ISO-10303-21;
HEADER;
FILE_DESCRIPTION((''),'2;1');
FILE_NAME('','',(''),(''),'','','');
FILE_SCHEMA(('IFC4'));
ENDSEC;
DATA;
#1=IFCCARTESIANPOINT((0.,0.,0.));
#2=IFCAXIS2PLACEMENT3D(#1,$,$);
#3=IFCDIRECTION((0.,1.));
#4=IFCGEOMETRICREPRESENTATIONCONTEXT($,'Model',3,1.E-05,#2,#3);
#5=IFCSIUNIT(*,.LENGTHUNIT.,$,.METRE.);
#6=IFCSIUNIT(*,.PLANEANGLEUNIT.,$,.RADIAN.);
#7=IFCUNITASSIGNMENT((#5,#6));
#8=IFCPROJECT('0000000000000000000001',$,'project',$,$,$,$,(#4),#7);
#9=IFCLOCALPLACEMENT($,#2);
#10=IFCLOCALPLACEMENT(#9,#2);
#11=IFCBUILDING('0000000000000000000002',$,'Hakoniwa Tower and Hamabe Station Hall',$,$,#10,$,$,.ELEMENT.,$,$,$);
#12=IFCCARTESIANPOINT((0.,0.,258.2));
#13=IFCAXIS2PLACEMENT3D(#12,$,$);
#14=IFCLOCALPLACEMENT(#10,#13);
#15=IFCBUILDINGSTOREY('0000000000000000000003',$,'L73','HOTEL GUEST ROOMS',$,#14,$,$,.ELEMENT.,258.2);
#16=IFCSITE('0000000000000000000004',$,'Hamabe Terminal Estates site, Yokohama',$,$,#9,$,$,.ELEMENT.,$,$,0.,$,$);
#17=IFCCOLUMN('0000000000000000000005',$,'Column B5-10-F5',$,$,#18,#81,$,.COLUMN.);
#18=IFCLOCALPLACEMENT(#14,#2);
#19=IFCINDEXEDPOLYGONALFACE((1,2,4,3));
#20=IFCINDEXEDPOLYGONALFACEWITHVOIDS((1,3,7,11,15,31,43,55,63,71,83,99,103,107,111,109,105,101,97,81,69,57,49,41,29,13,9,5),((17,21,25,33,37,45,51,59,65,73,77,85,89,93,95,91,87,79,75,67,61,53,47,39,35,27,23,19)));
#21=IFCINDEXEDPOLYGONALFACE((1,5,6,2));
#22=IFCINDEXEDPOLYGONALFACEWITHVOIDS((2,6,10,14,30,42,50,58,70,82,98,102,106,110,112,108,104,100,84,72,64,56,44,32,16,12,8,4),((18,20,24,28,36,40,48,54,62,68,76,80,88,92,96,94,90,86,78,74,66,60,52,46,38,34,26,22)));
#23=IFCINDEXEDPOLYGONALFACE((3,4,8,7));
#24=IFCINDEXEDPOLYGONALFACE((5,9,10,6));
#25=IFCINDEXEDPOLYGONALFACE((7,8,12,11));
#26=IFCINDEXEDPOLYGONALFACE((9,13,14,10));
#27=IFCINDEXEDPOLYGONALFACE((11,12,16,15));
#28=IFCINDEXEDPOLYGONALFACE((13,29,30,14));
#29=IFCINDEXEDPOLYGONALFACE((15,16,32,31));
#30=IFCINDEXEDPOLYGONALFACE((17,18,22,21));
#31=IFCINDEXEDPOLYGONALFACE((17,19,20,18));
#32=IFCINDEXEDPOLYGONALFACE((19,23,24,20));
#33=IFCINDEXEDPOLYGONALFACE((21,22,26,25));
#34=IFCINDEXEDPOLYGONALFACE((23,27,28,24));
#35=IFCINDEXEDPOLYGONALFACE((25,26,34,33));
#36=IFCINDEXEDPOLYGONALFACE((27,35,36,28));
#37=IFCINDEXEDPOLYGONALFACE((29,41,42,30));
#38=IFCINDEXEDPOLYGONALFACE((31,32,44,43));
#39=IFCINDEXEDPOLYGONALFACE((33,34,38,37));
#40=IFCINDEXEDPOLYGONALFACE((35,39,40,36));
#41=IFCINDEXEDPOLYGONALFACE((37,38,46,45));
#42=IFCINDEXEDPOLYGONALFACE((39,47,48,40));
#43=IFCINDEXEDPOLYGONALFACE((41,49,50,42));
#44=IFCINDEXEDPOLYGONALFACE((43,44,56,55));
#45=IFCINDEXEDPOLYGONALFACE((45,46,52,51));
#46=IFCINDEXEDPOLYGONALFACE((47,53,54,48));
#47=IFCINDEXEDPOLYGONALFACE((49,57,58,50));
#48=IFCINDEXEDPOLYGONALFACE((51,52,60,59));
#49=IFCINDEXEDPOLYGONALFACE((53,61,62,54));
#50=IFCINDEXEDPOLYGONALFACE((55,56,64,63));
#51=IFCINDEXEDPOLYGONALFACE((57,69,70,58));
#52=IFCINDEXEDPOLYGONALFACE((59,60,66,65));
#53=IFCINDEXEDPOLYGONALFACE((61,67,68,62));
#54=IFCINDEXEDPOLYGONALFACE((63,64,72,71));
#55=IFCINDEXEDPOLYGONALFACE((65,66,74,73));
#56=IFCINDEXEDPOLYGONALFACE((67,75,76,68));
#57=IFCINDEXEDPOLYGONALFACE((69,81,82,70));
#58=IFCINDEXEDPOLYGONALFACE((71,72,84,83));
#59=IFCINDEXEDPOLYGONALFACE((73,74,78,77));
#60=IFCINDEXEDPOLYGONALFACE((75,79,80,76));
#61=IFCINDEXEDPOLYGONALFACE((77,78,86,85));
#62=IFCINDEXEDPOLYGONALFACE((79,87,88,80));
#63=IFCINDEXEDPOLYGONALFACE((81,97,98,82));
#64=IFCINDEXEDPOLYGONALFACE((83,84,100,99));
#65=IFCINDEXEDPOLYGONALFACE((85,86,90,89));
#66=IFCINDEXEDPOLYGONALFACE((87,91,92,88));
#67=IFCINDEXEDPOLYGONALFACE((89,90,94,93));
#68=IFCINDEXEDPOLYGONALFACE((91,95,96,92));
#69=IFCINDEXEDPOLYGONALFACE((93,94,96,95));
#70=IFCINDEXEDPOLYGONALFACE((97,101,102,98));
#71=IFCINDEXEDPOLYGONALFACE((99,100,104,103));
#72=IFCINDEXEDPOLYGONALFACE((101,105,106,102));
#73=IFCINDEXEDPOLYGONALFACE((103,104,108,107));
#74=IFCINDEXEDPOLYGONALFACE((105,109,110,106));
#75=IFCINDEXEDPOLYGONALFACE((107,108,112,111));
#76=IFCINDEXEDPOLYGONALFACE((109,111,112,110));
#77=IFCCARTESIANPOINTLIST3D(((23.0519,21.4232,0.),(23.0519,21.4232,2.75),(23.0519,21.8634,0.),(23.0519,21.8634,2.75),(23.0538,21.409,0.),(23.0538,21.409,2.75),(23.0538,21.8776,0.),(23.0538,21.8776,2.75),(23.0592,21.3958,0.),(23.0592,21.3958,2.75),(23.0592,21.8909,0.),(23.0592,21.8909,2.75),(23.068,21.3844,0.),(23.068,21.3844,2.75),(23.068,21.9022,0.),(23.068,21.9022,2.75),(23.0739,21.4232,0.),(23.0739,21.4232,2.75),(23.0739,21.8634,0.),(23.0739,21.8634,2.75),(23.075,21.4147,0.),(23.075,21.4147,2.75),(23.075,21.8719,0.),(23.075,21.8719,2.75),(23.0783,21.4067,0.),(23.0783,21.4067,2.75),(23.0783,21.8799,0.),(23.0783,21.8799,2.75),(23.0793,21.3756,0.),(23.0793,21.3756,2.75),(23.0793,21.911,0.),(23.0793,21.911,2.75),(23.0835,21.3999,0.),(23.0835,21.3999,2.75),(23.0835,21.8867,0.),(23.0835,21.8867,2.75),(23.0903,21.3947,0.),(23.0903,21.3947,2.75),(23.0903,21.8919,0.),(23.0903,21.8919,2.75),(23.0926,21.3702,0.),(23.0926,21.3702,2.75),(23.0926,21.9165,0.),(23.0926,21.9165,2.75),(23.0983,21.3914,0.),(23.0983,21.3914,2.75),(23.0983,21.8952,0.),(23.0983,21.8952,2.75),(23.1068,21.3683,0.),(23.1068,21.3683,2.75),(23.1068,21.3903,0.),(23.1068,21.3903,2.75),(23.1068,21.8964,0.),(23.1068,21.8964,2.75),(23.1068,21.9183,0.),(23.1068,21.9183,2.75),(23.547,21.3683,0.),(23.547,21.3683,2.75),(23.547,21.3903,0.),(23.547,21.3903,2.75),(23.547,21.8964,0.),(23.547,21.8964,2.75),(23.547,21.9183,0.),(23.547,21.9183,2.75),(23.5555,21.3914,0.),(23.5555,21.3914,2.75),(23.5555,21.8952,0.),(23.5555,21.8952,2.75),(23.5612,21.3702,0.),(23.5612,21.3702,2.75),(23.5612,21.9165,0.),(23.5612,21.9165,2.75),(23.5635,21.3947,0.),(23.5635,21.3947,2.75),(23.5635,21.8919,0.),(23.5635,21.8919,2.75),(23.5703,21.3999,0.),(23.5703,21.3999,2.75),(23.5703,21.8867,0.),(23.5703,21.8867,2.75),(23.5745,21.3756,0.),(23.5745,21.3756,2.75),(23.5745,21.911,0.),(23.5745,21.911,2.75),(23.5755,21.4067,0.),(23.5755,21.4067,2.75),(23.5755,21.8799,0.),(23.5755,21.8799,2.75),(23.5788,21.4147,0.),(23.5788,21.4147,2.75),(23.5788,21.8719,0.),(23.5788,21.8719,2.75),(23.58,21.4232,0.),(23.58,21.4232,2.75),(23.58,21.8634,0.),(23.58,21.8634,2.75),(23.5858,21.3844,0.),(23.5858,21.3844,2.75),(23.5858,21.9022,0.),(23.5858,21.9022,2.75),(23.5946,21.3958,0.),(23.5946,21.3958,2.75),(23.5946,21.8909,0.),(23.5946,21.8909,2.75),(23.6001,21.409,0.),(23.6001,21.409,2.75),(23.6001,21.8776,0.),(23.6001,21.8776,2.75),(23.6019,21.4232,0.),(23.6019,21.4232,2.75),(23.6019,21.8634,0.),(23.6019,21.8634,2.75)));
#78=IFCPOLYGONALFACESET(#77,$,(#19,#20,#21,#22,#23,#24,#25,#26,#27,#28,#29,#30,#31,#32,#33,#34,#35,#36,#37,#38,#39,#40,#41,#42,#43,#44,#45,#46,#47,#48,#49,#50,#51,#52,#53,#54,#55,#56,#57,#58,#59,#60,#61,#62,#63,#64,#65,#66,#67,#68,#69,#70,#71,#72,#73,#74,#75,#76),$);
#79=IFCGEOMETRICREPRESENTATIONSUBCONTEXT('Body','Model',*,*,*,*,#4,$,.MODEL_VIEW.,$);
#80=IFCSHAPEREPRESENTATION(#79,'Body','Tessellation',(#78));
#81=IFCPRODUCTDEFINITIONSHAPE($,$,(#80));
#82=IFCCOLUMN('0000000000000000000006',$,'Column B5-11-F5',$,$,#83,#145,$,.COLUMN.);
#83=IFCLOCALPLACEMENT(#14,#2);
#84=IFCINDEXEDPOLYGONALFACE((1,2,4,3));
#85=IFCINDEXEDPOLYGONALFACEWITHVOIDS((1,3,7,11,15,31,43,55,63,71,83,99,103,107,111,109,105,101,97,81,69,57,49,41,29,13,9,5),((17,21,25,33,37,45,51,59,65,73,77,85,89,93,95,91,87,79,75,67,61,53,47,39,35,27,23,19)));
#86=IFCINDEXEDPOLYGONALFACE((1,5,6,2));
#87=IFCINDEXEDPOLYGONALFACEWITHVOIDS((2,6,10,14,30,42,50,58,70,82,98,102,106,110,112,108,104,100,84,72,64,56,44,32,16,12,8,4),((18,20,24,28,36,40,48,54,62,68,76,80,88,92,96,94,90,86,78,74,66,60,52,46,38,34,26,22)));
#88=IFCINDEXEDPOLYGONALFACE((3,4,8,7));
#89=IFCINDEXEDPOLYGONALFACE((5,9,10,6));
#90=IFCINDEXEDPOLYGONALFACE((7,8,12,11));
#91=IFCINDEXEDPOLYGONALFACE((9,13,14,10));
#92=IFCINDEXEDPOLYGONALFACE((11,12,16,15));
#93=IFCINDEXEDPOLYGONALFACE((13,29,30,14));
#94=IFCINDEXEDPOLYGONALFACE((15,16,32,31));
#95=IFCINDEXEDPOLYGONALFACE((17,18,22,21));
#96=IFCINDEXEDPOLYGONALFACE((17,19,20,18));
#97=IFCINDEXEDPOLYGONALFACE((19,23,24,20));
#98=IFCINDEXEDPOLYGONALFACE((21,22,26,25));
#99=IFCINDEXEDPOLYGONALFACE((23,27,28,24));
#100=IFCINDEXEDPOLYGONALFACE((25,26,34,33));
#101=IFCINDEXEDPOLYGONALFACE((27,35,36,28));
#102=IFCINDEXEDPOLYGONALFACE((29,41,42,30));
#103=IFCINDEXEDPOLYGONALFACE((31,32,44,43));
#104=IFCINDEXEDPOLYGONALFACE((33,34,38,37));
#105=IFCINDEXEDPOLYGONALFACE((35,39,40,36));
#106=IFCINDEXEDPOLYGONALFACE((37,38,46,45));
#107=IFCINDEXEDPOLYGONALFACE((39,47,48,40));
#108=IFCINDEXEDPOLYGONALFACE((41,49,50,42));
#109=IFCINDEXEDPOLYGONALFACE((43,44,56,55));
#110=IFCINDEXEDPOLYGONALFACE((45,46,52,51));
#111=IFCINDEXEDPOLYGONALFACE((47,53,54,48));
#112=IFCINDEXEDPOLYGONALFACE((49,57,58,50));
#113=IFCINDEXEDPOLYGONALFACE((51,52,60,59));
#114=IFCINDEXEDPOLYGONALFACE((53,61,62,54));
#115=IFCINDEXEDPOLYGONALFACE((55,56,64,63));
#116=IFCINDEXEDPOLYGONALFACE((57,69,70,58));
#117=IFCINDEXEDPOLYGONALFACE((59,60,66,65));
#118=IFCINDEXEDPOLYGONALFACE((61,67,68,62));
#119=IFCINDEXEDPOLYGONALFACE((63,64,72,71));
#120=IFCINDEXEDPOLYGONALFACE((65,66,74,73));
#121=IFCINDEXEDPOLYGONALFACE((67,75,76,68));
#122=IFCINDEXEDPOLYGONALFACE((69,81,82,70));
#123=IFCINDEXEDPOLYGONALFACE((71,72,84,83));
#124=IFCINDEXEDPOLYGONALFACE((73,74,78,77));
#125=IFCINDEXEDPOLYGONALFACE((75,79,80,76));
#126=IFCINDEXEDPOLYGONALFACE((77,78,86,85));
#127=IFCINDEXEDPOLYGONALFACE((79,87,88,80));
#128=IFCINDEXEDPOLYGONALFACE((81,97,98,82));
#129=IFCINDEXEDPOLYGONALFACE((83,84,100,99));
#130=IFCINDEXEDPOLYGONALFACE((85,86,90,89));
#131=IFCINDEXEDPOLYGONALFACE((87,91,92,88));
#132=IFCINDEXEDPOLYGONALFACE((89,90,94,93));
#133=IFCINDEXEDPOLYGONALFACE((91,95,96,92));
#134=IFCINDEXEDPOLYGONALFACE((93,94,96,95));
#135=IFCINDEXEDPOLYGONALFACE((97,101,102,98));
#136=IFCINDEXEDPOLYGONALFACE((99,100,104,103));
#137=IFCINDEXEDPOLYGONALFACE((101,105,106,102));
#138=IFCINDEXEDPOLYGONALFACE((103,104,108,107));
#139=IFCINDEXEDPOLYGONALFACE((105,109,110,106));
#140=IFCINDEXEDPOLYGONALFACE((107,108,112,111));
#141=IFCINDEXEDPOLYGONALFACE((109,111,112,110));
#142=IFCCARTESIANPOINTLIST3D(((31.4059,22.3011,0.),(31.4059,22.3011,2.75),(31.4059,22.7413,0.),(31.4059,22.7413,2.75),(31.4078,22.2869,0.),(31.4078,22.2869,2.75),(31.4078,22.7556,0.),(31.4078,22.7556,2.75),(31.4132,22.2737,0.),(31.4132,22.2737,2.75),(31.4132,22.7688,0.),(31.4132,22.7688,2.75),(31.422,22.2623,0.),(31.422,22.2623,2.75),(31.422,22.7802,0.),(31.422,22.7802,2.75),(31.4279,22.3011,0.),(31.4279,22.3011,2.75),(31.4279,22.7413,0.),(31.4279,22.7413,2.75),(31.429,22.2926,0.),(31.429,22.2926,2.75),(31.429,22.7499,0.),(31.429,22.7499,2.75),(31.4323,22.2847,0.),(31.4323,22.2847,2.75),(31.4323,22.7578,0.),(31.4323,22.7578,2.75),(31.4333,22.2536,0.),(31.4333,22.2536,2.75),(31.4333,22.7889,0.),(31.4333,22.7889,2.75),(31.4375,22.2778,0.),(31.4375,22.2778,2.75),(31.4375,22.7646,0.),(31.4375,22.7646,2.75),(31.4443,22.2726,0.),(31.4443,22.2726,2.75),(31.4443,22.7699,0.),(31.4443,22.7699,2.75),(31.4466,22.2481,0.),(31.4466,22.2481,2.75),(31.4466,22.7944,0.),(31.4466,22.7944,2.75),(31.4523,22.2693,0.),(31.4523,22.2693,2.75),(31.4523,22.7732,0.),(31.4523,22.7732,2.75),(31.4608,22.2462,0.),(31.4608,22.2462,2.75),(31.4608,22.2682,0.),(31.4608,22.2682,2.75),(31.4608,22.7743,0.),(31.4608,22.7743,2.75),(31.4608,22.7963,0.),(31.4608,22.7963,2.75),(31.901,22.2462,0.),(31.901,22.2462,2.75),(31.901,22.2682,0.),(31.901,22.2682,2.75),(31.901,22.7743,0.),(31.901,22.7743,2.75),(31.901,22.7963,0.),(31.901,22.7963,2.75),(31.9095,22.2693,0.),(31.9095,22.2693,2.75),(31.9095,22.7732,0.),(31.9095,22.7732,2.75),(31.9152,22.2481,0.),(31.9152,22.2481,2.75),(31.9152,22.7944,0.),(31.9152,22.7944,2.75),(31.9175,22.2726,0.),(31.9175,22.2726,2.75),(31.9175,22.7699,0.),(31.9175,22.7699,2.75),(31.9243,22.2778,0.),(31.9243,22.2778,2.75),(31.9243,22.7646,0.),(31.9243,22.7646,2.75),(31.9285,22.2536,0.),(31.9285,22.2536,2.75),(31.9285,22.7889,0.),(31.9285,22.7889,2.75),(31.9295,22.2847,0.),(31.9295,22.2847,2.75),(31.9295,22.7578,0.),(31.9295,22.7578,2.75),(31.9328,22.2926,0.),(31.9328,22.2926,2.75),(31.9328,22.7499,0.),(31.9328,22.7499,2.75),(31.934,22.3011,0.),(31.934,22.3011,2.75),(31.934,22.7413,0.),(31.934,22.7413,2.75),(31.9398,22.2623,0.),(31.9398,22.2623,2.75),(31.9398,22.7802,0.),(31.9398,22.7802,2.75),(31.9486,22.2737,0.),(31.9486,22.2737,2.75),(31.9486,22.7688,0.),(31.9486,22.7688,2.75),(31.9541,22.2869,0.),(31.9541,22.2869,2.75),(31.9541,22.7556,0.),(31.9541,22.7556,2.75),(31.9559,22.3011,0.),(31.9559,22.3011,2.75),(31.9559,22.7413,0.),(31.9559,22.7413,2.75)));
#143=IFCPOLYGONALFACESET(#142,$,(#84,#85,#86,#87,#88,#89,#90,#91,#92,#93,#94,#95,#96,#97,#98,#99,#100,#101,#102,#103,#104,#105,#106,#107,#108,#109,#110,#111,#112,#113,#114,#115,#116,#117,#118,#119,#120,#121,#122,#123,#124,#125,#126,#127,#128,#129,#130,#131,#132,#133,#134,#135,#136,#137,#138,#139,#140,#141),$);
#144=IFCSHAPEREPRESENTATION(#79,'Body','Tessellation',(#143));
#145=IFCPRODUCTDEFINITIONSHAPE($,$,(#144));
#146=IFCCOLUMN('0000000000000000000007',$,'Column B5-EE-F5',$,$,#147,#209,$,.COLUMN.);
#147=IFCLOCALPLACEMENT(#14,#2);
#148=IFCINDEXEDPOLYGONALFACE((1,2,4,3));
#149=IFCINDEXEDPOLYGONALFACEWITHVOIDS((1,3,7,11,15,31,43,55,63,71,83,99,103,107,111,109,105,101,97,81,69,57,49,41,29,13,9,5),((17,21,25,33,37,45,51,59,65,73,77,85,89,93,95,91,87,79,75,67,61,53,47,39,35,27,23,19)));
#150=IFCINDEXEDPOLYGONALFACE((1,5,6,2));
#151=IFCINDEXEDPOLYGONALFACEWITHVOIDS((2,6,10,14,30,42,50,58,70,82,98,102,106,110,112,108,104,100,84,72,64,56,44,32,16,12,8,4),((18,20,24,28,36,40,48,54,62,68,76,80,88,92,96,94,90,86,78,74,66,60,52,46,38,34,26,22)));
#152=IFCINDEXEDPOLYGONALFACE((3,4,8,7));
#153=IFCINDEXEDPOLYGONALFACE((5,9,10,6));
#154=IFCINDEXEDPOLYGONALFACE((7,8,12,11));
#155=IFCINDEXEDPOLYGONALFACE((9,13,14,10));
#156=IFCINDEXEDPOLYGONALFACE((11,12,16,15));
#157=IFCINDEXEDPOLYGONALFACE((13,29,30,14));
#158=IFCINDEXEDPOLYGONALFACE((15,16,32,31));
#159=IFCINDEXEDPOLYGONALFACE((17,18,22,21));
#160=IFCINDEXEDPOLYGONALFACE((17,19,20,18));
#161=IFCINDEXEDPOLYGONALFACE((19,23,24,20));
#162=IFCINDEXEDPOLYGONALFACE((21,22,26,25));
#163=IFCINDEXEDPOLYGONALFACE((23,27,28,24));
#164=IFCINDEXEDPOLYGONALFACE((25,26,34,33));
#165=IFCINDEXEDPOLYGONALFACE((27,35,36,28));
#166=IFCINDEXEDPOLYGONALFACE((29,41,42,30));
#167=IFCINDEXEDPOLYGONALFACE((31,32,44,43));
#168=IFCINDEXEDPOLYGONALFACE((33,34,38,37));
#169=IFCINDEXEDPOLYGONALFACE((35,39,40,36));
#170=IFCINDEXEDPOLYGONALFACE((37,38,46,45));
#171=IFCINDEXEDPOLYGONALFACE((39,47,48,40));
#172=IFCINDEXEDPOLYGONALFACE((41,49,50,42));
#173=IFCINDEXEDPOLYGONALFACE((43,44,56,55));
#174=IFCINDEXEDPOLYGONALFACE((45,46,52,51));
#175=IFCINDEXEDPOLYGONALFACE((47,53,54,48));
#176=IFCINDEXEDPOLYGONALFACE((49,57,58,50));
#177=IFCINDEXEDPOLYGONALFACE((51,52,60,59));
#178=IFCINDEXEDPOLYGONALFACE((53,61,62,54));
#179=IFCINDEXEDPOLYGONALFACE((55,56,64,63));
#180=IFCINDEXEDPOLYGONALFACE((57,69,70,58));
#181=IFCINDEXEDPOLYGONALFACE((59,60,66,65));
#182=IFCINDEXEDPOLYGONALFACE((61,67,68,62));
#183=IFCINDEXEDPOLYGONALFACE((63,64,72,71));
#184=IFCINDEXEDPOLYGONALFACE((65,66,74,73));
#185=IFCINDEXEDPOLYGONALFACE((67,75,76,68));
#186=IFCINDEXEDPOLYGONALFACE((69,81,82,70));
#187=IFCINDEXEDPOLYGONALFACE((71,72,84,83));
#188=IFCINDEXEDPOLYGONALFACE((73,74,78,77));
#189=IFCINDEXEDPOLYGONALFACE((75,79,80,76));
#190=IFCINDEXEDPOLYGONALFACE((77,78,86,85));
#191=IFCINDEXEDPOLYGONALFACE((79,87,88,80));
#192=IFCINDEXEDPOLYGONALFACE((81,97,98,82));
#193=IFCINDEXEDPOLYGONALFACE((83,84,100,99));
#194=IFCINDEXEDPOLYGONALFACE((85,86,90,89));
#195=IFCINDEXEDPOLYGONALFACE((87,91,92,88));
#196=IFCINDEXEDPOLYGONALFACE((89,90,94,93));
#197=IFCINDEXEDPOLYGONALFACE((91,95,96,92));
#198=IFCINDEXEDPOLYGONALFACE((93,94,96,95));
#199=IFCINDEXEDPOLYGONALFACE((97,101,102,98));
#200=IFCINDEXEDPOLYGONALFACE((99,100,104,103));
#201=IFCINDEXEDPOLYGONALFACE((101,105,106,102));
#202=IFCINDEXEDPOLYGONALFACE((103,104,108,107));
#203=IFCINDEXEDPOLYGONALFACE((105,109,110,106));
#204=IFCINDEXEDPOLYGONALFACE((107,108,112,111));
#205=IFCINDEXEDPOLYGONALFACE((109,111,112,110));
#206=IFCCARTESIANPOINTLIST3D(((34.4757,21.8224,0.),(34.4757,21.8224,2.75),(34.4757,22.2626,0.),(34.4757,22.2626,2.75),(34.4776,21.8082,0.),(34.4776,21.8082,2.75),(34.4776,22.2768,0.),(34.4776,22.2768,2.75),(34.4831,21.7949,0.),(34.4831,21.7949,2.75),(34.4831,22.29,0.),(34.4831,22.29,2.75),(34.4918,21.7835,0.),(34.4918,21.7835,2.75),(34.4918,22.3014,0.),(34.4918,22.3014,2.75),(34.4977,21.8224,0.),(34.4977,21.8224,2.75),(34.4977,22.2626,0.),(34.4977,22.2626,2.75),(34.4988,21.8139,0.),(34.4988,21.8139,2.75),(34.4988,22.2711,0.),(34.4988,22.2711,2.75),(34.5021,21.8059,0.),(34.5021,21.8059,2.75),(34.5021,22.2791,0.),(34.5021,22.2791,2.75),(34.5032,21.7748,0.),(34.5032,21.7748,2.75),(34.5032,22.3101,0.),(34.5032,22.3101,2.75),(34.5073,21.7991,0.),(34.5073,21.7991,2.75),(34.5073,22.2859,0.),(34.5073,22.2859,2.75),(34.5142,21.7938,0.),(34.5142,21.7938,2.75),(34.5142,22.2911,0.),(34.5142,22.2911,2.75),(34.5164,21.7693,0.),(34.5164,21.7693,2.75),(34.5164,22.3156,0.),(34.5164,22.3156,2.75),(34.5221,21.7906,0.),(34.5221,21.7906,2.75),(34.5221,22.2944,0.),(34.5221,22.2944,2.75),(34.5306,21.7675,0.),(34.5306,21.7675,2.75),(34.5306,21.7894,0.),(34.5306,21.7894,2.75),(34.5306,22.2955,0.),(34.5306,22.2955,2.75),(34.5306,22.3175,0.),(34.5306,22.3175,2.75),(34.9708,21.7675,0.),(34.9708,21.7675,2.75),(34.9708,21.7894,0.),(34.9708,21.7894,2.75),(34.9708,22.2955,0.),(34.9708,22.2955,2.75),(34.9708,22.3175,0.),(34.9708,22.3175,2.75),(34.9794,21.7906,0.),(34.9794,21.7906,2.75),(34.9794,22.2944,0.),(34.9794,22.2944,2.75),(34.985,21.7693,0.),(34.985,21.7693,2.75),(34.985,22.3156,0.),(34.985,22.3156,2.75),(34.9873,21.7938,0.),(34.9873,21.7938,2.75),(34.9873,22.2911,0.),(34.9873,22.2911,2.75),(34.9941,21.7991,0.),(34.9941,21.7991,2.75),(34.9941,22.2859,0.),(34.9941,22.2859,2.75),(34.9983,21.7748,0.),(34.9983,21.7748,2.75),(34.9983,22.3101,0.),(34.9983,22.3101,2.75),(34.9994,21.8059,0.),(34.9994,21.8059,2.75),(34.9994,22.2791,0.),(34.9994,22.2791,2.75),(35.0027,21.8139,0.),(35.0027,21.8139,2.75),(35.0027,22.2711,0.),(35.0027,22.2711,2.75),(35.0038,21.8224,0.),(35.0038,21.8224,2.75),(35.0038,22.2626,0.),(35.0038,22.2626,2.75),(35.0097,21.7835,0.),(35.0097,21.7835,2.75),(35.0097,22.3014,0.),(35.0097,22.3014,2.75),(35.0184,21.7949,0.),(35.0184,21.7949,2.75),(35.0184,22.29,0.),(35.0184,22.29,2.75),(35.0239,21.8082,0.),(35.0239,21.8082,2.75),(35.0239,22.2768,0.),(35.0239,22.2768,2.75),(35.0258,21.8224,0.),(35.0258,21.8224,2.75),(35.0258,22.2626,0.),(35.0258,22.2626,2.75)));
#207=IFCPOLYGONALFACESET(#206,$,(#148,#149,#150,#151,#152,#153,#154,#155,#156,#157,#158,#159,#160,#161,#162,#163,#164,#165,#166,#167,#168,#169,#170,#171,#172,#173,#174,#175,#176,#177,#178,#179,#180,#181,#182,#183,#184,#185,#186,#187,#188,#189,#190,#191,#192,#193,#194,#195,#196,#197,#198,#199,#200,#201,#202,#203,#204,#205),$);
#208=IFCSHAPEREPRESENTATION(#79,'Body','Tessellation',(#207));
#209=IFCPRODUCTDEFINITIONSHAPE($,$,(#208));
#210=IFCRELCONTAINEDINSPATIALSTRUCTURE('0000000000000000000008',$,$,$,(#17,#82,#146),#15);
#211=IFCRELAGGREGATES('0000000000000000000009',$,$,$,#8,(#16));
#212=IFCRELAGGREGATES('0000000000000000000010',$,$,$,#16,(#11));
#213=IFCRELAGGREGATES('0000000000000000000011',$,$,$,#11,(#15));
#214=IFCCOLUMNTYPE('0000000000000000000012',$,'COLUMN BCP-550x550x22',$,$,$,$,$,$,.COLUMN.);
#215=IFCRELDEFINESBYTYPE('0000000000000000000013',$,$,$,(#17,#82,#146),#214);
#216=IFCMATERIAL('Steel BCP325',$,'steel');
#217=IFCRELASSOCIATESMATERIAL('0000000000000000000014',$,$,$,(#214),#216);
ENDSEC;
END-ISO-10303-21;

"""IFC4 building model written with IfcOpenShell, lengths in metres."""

from ifc_helpers import new_model, si_unit, direction, frame, origin, origin_2d, place, context, subcontext, project, spatial, hollow_rectangle, extrude, material, material_profile, profile_set, type_object, element, save


model = new_model("IFC4")

# Units and contexts
model_context = context("Model", 3, precision=1e-05, world=origin(), true_north=direction((0.0, 1.0)))
body_context = subcontext(model_context, "Body", "Model", "MODEL_VIEW")
ifc_project = project(units=[si_unit("LENGTHUNIT", "METRE"), si_unit("PLANEANGLEUNIT", "RADIAN")], contexts=[model_context])

# Site, building, storey
site_placement = place(None, origin())
site = spatial("IfcSite", under=ifc_project, at=site_placement, Name="Hamabe Terminal Estates site, Yokohama", CompositionType="ELEMENT", RefElevation=0.0)
building_placement = place(site_placement, origin())
building = spatial("IfcBuilding", under=site, at=building_placement, Name="Hakoniwa Tower and Hamabe Station Hall", CompositionType="ELEMENT")
storey_placement = place(building_placement, frame((0.0, 0.0, 258.2)))
storey = spatial("IfcBuildingStorey", under=building, at=storey_placement, Name="L73", Description="HOTEL GUEST ROOMS", CompositionType="ELEMENT", Elevation=258.2)

# Columns
ifc_material_1 = material(Name="Steel BCP325", Category="steel")
ifc_material_profile_1 = material_profile(ifc_material_1, hollow_rectangle(XDim=0.55, YDim=0.55, WallThickness=0.022, InnerFilletRadius=0.033, OuterFilletRadius=0.0549, at=origin_2d()), Name="BCP-550x550x22")
ifc_profile_set_1 = profile_set([ifc_material_profile_1], Name="Steel BCP325")
column_type = type_object("IfcColumnType", Name="COLUMN BCP-550x550x22", PredefinedType="COLUMN", material=ifc_profile_set_1)
for number, where, z_axis, x_axis, name in (
    (1, (23.3269, 21.6433, 0.0), (0.0, 0.0, 1.0), (1.0, 0.0, 0.0), "Column B5-10-F5"),
    (2, (31.6809, 22.5212, 0.0), (0.0, 0.0, 1.0), (1.0, 0.0, 0.0), "Column B5-11-F5"),
    (3, (34.7507, 22.0425, 0.0), (0.0, 0.0, 1.0), (1.0, 0.0, 0.0), "Column B5-EE-F5"),
):
    element("IfcColumn", number, at=place(storey_placement, frame(where, z_axis=z_axis, x_axis=x_axis)), inside=storey, type_object=column_type, Name=name, PredefinedType="COLUMN", context=body_context, shape_type="SweptSolid", body=[
        extrude(hollow_rectangle(XDim=0.55, YDim=0.55, WallThickness=0.022, InnerFilletRadius=0.033, OuterFilletRadius=0.0549, at=origin_2d()), origin(), (0.0, 0.0, 1.0), 2.75),
    ])

save(model, "model.ifc")
